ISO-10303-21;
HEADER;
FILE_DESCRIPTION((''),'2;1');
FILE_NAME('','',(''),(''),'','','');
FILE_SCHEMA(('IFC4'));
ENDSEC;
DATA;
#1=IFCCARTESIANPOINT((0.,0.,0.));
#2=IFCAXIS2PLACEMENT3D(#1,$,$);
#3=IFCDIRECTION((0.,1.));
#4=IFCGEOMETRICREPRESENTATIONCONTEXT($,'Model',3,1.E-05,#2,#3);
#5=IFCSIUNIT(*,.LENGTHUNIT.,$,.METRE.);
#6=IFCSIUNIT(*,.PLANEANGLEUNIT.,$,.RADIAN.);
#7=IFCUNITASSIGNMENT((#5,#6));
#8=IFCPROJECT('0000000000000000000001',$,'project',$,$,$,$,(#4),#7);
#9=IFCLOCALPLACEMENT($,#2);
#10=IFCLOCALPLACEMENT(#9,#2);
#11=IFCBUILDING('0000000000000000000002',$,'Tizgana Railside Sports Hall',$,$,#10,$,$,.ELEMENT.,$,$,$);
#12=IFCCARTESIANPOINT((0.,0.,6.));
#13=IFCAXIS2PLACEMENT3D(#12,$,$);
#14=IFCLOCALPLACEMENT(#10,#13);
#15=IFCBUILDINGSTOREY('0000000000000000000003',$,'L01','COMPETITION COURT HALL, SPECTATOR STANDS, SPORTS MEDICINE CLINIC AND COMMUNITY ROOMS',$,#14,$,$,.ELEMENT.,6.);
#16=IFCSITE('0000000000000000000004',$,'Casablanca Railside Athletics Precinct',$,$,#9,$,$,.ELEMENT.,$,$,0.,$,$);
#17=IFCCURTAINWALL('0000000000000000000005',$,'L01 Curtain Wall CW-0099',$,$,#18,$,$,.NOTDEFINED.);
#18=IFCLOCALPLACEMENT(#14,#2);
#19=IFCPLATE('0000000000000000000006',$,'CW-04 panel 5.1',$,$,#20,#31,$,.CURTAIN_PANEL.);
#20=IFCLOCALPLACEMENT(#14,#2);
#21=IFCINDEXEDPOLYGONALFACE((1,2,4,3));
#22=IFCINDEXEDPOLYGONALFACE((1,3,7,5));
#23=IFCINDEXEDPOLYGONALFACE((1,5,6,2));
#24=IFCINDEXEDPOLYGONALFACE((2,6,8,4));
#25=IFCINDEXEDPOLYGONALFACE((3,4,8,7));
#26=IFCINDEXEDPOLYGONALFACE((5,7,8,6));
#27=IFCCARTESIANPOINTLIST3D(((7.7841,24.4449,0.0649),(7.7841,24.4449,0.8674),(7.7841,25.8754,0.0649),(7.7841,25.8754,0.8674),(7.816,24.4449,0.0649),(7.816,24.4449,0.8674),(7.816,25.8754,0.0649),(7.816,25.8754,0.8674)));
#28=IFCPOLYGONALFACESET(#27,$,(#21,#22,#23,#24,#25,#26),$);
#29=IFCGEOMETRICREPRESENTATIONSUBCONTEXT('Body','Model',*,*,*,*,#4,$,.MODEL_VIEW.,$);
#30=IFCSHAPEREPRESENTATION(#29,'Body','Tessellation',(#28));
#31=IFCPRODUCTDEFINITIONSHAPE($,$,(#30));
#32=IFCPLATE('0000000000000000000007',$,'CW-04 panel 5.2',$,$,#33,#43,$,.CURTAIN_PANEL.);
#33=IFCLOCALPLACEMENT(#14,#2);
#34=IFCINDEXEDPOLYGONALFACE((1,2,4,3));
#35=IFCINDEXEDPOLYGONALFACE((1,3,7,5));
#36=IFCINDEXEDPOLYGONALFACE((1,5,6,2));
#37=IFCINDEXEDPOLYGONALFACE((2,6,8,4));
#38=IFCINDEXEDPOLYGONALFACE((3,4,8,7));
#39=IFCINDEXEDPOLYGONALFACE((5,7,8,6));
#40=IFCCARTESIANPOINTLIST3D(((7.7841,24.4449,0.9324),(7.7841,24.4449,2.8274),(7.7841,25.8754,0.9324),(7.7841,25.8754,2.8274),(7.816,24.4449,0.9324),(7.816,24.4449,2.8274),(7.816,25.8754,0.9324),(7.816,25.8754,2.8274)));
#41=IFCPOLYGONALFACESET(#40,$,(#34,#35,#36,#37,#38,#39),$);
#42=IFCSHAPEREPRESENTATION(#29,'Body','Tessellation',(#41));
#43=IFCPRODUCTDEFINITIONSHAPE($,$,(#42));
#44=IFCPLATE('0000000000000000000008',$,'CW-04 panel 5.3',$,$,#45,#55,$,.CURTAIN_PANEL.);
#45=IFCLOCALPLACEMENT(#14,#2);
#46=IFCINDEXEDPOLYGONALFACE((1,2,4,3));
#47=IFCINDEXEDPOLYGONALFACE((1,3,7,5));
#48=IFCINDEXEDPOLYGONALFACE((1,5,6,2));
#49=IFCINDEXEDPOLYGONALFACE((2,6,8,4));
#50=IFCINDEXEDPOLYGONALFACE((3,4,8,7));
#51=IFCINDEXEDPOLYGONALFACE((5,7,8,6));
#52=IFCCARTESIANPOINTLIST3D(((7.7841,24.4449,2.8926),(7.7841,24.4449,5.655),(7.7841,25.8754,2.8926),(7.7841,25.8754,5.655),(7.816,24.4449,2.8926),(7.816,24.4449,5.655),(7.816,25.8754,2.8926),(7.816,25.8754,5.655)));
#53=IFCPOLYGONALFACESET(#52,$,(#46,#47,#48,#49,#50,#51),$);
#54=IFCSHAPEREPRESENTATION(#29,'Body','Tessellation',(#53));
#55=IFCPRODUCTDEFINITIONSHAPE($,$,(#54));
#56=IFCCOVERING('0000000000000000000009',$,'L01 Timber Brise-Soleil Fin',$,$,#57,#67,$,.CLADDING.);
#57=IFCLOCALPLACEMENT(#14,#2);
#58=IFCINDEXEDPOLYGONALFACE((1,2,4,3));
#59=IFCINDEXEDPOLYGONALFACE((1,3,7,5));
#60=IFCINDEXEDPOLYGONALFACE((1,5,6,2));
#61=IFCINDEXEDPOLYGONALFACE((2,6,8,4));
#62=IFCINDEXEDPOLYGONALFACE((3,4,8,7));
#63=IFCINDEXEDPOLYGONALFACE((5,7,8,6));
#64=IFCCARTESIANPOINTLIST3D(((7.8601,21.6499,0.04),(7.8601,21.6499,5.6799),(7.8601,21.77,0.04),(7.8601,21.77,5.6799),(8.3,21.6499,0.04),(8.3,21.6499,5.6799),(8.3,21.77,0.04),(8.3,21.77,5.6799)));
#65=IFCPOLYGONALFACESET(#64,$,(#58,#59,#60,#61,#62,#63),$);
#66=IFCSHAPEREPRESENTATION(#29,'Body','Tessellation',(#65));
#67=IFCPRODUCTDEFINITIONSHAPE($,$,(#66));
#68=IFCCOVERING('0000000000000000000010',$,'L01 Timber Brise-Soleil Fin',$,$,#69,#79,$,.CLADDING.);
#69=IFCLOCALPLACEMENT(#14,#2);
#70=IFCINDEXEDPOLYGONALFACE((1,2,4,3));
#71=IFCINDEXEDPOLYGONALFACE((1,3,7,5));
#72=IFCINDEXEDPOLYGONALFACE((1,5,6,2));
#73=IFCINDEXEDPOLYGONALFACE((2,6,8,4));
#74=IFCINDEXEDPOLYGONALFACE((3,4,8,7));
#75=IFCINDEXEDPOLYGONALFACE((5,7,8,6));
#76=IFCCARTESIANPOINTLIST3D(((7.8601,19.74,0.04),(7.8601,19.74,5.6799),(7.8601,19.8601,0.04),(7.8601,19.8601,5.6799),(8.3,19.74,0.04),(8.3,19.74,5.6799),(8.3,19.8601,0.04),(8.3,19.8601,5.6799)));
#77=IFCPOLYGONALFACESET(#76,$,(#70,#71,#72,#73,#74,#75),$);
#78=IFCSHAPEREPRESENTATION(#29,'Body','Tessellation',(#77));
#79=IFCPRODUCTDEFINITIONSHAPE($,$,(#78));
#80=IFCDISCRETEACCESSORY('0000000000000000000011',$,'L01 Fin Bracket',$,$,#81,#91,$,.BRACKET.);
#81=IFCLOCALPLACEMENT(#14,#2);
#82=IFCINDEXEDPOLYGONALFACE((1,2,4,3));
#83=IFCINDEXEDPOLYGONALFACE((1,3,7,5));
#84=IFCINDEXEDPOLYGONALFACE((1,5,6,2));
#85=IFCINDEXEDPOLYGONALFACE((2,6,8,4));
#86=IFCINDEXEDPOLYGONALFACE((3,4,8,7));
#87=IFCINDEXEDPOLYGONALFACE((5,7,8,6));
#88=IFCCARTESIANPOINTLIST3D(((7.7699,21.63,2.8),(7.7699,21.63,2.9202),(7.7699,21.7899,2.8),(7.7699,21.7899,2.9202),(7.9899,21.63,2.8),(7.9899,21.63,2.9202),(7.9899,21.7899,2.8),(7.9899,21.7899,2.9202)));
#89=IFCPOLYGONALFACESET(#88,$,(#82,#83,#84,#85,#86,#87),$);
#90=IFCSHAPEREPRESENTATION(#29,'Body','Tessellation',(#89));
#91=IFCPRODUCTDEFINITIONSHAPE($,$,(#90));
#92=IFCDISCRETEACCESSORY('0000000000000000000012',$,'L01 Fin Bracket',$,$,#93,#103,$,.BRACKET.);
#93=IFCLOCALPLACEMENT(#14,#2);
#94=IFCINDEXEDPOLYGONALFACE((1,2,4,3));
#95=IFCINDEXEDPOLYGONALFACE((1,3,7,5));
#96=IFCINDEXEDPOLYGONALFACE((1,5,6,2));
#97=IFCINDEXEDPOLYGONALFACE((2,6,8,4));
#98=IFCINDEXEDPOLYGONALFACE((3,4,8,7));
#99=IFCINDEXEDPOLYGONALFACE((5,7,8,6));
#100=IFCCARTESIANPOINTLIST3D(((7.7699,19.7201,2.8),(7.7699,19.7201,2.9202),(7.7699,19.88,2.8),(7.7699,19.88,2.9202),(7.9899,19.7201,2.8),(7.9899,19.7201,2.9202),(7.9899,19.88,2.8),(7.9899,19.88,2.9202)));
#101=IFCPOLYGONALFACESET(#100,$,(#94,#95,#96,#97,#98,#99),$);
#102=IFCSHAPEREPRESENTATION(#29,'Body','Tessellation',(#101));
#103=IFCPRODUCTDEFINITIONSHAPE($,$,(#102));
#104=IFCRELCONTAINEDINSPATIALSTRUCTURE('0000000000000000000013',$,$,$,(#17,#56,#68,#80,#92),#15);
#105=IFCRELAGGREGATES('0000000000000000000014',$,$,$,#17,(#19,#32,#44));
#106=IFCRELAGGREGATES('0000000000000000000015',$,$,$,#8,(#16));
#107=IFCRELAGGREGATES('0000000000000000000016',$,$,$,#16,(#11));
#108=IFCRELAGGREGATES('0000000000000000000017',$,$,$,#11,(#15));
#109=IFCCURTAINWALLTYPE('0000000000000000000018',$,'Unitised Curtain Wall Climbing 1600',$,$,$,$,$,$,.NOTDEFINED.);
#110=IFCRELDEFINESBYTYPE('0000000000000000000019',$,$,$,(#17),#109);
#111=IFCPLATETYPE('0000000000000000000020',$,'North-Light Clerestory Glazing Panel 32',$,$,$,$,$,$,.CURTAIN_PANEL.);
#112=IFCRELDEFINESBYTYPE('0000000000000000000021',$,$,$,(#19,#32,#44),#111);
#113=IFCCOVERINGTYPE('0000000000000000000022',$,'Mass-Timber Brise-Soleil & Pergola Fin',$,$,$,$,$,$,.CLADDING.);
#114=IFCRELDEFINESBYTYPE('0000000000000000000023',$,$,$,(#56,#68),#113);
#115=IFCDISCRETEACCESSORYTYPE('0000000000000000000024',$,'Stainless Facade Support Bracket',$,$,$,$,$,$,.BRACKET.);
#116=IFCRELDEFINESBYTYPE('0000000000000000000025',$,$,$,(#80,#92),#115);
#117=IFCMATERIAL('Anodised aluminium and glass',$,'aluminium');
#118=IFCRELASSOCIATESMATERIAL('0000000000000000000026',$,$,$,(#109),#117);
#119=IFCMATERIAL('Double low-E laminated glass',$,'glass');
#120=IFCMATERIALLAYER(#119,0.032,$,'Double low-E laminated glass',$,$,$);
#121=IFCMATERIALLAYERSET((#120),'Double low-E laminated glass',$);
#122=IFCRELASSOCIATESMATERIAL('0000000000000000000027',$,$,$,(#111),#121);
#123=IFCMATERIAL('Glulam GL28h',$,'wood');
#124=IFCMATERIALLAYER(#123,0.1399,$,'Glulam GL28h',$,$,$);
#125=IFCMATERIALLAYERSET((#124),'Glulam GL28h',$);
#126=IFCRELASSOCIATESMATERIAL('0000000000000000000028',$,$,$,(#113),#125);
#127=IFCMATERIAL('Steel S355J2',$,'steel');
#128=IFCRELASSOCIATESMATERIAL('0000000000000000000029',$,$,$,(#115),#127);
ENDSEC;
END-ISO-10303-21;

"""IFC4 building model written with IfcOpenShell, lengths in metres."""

from ifc_helpers import new_model, si_unit, direction, frame, origin, origin_2d, place, context, subcontext, project, spatial, rectangle, extrude, material, layer, layer_set, type_object, element, aggregate, save


model = new_model("IFC4")

# Units and contexts
model_context = context("Model", 3, precision=1e-05, world=origin(), true_north=direction((0.0, 1.0)))
body_context = subcontext(model_context, "Body", "Model", "MODEL_VIEW")
ifc_project = project(units=[si_unit("LENGTHUNIT", "METRE"), si_unit("PLANEANGLEUNIT", "RADIAN")], contexts=[model_context])

# Site, building, storey
site_placement = place(None, origin())
site = spatial("IfcSite", under=ifc_project, at=site_placement, Name="Casablanca Railside Athletics Precinct", CompositionType="ELEMENT", RefElevation=0.0)
building_placement = place(site_placement, origin())
building = spatial("IfcBuilding", under=site, at=building_placement, Name="Tizgana Railside Sports Hall", CompositionType="ELEMENT")
storey_placement = place(building_placement, frame((0.0, 0.0, 6.0)))
storey = spatial("IfcBuildingStorey", under=building, at=storey_placement, Name="L01", Description="COMPETITION COURT HALL, SPECTATOR STANDS, SPORTS MEDICINE CLINIC AND COMMUNITY ROOMS", CompositionType="ELEMENT", Elevation=6.0)

# Shared definitions
ifc_material_1 = material(Name="Anodised aluminium and glass", Category="aluminium")

# Curtain wall
curtain_wall_type_1 = type_object("IfcCurtainWallType", Name="Unitised Curtain Wall Climbing 1600", PredefinedType="NOTDEFINED", material=ifc_material_1)
curtain_wall_1_placement = place(storey_placement, origin())
curtain_wall_1 = element("IfcCurtainWall", 1, at=curtain_wall_1_placement, inside=storey, type_object=curtain_wall_type_1, Name="L01 Curtain Wall CW-0099", PredefinedType="NOTDEFINED")

# Shared definitions
ifc_material_2 = material(Name="Steel S355J2", Category="steel")

# Plates
ifc_material_3 = material(Name="Double low-E laminated glass", Category="glass")
ifc_layer_1 = layer(ifc_material_3, 0.032, Name="Double low-E laminated glass")
ifc_layer_set_1 = layer_set([ifc_layer_1], Name="Double low-E laminated glass")
plate_type_1 = type_object("IfcPlateType", Name="North-Light Clerestory Glazing Panel 32", PredefinedType="CURTAIN_PANEL", material=ifc_layer_set_1)
plate_1_placement = place(storey_placement, frame((7.8, 25.1602, 0.0649), z_axis=(0.0, 0.0, 1.0), x_axis=(0.0, -1.0, 0.0)))
plate_1 = element("IfcPlate", 2, at=plate_1_placement, type_object=plate_type_1, Name="CW-04 panel 5.1", PredefinedType="CURTAIN_PANEL", context=body_context, shape_type="SweptSolid", body=[
    extrude(rectangle(XDim=1.4304, YDim=0.032, at=origin_2d()), origin(), (0.0, 0.0, 1.0), 0.8025),
])
plate_2_placement = place(storey_placement, frame((7.8, 25.1602, 0.9324), z_axis=(0.0, 0.0, 1.0), x_axis=(0.0, -1.0, 0.0)))
plate_2 = element("IfcPlate", 3, at=plate_2_placement, type_object=plate_type_1, Name="CW-04 panel 5.2", PredefinedType="CURTAIN_PANEL", context=body_context, shape_type="SweptSolid", body=[
    extrude(rectangle(XDim=1.4304, YDim=0.032, at=origin_2d()), origin(), (0.0, 0.0, 1.0), 1.895),
])
plate_3_placement = place(storey_placement, frame((7.8, 25.1602, 2.8926), z_axis=(0.0, 0.0, 1.0), x_axis=(0.0, -1.0, 0.0)))
plate_3 = element("IfcPlate", 4, at=plate_3_placement, type_object=plate_type_1, Name="CW-04 panel 5.3", PredefinedType="CURTAIN_PANEL", context=body_context, shape_type="SweptSolid", body=[
    extrude(rectangle(XDim=1.4304, YDim=0.032, at=origin_2d()), origin(), (0.0, 0.0, 1.0), 2.7625),
])
aggregate(curtain_wall_1, [plate_1, plate_2, plate_3])

# Coverings
ifc_material_4 = material(Name="Glulam GL28h", Category="wood")
ifc_layer_2 = layer(ifc_material_4, 0.1399, Name="Glulam GL28h")
ifc_layer_set_2 = layer_set([ifc_layer_2], Name="Glulam GL28h")
covering_type = type_object("IfcCoveringType", Name="Mass-Timber Brise-Soleil & Pergola Fin", PredefinedType="CLADDING", material=ifc_layer_set_2)
for number, where, z_axis, x_axis, name in (
    (5, (8.0801, 21.71, 0.04), (0.0, 0.0, 1.0), (0.0, -1.0, 0.0), "L01 Timber Brise-Soleil Fin"),
    (6, (8.0801, 19.8, 0.04), (0.0, 0.0, 1.0), (0.0, -1.0, 0.0), "L01 Timber Brise-Soleil Fin"),
):
    element("IfcCovering", number, at=place(storey_placement, frame(where, z_axis=z_axis, x_axis=x_axis)), inside=storey, type_object=covering_type, Name=name, PredefinedType="CLADDING", context=body_context, shape_type="SweptSolid", body=[
        extrude(rectangle(XDim=0.1201, YDim=0.4399, at=origin_2d()), origin(), (0.0, 0.0, 1.0), 5.6399),
    ])

# Discrete accessories
discrete_accessory_type = type_object("IfcDiscreteAccessoryType", Name="Stainless Facade Support Bracket", PredefinedType="BRACKET", material=ifc_material_2)
for number, where, z_axis, x_axis, name in (
    (7, (7.8799, 21.71, 2.8), (0.0, 0.0, 1.0), (0.0, -1.0, 0.0), "L01 Fin Bracket"),
    (8, (7.8799, 19.8, 2.8), (0.0, 0.0, 1.0), (0.0, -1.0, 0.0), "L01 Fin Bracket"),
):
    element("IfcDiscreteAccessory", number, at=place(storey_placement, frame(where, z_axis=z_axis, x_axis=x_axis)), inside=storey, type_object=discrete_accessory_type, Name=name, PredefinedType="BRACKET", context=body_context, shape_type="SweptSolid", body=[
        extrude(rectangle(XDim=0.1599, YDim=0.22, at=origin_2d()), origin(), (0.0, 0.0, 1.0), 0.1201),
    ])

save(model, "model.ifc")
